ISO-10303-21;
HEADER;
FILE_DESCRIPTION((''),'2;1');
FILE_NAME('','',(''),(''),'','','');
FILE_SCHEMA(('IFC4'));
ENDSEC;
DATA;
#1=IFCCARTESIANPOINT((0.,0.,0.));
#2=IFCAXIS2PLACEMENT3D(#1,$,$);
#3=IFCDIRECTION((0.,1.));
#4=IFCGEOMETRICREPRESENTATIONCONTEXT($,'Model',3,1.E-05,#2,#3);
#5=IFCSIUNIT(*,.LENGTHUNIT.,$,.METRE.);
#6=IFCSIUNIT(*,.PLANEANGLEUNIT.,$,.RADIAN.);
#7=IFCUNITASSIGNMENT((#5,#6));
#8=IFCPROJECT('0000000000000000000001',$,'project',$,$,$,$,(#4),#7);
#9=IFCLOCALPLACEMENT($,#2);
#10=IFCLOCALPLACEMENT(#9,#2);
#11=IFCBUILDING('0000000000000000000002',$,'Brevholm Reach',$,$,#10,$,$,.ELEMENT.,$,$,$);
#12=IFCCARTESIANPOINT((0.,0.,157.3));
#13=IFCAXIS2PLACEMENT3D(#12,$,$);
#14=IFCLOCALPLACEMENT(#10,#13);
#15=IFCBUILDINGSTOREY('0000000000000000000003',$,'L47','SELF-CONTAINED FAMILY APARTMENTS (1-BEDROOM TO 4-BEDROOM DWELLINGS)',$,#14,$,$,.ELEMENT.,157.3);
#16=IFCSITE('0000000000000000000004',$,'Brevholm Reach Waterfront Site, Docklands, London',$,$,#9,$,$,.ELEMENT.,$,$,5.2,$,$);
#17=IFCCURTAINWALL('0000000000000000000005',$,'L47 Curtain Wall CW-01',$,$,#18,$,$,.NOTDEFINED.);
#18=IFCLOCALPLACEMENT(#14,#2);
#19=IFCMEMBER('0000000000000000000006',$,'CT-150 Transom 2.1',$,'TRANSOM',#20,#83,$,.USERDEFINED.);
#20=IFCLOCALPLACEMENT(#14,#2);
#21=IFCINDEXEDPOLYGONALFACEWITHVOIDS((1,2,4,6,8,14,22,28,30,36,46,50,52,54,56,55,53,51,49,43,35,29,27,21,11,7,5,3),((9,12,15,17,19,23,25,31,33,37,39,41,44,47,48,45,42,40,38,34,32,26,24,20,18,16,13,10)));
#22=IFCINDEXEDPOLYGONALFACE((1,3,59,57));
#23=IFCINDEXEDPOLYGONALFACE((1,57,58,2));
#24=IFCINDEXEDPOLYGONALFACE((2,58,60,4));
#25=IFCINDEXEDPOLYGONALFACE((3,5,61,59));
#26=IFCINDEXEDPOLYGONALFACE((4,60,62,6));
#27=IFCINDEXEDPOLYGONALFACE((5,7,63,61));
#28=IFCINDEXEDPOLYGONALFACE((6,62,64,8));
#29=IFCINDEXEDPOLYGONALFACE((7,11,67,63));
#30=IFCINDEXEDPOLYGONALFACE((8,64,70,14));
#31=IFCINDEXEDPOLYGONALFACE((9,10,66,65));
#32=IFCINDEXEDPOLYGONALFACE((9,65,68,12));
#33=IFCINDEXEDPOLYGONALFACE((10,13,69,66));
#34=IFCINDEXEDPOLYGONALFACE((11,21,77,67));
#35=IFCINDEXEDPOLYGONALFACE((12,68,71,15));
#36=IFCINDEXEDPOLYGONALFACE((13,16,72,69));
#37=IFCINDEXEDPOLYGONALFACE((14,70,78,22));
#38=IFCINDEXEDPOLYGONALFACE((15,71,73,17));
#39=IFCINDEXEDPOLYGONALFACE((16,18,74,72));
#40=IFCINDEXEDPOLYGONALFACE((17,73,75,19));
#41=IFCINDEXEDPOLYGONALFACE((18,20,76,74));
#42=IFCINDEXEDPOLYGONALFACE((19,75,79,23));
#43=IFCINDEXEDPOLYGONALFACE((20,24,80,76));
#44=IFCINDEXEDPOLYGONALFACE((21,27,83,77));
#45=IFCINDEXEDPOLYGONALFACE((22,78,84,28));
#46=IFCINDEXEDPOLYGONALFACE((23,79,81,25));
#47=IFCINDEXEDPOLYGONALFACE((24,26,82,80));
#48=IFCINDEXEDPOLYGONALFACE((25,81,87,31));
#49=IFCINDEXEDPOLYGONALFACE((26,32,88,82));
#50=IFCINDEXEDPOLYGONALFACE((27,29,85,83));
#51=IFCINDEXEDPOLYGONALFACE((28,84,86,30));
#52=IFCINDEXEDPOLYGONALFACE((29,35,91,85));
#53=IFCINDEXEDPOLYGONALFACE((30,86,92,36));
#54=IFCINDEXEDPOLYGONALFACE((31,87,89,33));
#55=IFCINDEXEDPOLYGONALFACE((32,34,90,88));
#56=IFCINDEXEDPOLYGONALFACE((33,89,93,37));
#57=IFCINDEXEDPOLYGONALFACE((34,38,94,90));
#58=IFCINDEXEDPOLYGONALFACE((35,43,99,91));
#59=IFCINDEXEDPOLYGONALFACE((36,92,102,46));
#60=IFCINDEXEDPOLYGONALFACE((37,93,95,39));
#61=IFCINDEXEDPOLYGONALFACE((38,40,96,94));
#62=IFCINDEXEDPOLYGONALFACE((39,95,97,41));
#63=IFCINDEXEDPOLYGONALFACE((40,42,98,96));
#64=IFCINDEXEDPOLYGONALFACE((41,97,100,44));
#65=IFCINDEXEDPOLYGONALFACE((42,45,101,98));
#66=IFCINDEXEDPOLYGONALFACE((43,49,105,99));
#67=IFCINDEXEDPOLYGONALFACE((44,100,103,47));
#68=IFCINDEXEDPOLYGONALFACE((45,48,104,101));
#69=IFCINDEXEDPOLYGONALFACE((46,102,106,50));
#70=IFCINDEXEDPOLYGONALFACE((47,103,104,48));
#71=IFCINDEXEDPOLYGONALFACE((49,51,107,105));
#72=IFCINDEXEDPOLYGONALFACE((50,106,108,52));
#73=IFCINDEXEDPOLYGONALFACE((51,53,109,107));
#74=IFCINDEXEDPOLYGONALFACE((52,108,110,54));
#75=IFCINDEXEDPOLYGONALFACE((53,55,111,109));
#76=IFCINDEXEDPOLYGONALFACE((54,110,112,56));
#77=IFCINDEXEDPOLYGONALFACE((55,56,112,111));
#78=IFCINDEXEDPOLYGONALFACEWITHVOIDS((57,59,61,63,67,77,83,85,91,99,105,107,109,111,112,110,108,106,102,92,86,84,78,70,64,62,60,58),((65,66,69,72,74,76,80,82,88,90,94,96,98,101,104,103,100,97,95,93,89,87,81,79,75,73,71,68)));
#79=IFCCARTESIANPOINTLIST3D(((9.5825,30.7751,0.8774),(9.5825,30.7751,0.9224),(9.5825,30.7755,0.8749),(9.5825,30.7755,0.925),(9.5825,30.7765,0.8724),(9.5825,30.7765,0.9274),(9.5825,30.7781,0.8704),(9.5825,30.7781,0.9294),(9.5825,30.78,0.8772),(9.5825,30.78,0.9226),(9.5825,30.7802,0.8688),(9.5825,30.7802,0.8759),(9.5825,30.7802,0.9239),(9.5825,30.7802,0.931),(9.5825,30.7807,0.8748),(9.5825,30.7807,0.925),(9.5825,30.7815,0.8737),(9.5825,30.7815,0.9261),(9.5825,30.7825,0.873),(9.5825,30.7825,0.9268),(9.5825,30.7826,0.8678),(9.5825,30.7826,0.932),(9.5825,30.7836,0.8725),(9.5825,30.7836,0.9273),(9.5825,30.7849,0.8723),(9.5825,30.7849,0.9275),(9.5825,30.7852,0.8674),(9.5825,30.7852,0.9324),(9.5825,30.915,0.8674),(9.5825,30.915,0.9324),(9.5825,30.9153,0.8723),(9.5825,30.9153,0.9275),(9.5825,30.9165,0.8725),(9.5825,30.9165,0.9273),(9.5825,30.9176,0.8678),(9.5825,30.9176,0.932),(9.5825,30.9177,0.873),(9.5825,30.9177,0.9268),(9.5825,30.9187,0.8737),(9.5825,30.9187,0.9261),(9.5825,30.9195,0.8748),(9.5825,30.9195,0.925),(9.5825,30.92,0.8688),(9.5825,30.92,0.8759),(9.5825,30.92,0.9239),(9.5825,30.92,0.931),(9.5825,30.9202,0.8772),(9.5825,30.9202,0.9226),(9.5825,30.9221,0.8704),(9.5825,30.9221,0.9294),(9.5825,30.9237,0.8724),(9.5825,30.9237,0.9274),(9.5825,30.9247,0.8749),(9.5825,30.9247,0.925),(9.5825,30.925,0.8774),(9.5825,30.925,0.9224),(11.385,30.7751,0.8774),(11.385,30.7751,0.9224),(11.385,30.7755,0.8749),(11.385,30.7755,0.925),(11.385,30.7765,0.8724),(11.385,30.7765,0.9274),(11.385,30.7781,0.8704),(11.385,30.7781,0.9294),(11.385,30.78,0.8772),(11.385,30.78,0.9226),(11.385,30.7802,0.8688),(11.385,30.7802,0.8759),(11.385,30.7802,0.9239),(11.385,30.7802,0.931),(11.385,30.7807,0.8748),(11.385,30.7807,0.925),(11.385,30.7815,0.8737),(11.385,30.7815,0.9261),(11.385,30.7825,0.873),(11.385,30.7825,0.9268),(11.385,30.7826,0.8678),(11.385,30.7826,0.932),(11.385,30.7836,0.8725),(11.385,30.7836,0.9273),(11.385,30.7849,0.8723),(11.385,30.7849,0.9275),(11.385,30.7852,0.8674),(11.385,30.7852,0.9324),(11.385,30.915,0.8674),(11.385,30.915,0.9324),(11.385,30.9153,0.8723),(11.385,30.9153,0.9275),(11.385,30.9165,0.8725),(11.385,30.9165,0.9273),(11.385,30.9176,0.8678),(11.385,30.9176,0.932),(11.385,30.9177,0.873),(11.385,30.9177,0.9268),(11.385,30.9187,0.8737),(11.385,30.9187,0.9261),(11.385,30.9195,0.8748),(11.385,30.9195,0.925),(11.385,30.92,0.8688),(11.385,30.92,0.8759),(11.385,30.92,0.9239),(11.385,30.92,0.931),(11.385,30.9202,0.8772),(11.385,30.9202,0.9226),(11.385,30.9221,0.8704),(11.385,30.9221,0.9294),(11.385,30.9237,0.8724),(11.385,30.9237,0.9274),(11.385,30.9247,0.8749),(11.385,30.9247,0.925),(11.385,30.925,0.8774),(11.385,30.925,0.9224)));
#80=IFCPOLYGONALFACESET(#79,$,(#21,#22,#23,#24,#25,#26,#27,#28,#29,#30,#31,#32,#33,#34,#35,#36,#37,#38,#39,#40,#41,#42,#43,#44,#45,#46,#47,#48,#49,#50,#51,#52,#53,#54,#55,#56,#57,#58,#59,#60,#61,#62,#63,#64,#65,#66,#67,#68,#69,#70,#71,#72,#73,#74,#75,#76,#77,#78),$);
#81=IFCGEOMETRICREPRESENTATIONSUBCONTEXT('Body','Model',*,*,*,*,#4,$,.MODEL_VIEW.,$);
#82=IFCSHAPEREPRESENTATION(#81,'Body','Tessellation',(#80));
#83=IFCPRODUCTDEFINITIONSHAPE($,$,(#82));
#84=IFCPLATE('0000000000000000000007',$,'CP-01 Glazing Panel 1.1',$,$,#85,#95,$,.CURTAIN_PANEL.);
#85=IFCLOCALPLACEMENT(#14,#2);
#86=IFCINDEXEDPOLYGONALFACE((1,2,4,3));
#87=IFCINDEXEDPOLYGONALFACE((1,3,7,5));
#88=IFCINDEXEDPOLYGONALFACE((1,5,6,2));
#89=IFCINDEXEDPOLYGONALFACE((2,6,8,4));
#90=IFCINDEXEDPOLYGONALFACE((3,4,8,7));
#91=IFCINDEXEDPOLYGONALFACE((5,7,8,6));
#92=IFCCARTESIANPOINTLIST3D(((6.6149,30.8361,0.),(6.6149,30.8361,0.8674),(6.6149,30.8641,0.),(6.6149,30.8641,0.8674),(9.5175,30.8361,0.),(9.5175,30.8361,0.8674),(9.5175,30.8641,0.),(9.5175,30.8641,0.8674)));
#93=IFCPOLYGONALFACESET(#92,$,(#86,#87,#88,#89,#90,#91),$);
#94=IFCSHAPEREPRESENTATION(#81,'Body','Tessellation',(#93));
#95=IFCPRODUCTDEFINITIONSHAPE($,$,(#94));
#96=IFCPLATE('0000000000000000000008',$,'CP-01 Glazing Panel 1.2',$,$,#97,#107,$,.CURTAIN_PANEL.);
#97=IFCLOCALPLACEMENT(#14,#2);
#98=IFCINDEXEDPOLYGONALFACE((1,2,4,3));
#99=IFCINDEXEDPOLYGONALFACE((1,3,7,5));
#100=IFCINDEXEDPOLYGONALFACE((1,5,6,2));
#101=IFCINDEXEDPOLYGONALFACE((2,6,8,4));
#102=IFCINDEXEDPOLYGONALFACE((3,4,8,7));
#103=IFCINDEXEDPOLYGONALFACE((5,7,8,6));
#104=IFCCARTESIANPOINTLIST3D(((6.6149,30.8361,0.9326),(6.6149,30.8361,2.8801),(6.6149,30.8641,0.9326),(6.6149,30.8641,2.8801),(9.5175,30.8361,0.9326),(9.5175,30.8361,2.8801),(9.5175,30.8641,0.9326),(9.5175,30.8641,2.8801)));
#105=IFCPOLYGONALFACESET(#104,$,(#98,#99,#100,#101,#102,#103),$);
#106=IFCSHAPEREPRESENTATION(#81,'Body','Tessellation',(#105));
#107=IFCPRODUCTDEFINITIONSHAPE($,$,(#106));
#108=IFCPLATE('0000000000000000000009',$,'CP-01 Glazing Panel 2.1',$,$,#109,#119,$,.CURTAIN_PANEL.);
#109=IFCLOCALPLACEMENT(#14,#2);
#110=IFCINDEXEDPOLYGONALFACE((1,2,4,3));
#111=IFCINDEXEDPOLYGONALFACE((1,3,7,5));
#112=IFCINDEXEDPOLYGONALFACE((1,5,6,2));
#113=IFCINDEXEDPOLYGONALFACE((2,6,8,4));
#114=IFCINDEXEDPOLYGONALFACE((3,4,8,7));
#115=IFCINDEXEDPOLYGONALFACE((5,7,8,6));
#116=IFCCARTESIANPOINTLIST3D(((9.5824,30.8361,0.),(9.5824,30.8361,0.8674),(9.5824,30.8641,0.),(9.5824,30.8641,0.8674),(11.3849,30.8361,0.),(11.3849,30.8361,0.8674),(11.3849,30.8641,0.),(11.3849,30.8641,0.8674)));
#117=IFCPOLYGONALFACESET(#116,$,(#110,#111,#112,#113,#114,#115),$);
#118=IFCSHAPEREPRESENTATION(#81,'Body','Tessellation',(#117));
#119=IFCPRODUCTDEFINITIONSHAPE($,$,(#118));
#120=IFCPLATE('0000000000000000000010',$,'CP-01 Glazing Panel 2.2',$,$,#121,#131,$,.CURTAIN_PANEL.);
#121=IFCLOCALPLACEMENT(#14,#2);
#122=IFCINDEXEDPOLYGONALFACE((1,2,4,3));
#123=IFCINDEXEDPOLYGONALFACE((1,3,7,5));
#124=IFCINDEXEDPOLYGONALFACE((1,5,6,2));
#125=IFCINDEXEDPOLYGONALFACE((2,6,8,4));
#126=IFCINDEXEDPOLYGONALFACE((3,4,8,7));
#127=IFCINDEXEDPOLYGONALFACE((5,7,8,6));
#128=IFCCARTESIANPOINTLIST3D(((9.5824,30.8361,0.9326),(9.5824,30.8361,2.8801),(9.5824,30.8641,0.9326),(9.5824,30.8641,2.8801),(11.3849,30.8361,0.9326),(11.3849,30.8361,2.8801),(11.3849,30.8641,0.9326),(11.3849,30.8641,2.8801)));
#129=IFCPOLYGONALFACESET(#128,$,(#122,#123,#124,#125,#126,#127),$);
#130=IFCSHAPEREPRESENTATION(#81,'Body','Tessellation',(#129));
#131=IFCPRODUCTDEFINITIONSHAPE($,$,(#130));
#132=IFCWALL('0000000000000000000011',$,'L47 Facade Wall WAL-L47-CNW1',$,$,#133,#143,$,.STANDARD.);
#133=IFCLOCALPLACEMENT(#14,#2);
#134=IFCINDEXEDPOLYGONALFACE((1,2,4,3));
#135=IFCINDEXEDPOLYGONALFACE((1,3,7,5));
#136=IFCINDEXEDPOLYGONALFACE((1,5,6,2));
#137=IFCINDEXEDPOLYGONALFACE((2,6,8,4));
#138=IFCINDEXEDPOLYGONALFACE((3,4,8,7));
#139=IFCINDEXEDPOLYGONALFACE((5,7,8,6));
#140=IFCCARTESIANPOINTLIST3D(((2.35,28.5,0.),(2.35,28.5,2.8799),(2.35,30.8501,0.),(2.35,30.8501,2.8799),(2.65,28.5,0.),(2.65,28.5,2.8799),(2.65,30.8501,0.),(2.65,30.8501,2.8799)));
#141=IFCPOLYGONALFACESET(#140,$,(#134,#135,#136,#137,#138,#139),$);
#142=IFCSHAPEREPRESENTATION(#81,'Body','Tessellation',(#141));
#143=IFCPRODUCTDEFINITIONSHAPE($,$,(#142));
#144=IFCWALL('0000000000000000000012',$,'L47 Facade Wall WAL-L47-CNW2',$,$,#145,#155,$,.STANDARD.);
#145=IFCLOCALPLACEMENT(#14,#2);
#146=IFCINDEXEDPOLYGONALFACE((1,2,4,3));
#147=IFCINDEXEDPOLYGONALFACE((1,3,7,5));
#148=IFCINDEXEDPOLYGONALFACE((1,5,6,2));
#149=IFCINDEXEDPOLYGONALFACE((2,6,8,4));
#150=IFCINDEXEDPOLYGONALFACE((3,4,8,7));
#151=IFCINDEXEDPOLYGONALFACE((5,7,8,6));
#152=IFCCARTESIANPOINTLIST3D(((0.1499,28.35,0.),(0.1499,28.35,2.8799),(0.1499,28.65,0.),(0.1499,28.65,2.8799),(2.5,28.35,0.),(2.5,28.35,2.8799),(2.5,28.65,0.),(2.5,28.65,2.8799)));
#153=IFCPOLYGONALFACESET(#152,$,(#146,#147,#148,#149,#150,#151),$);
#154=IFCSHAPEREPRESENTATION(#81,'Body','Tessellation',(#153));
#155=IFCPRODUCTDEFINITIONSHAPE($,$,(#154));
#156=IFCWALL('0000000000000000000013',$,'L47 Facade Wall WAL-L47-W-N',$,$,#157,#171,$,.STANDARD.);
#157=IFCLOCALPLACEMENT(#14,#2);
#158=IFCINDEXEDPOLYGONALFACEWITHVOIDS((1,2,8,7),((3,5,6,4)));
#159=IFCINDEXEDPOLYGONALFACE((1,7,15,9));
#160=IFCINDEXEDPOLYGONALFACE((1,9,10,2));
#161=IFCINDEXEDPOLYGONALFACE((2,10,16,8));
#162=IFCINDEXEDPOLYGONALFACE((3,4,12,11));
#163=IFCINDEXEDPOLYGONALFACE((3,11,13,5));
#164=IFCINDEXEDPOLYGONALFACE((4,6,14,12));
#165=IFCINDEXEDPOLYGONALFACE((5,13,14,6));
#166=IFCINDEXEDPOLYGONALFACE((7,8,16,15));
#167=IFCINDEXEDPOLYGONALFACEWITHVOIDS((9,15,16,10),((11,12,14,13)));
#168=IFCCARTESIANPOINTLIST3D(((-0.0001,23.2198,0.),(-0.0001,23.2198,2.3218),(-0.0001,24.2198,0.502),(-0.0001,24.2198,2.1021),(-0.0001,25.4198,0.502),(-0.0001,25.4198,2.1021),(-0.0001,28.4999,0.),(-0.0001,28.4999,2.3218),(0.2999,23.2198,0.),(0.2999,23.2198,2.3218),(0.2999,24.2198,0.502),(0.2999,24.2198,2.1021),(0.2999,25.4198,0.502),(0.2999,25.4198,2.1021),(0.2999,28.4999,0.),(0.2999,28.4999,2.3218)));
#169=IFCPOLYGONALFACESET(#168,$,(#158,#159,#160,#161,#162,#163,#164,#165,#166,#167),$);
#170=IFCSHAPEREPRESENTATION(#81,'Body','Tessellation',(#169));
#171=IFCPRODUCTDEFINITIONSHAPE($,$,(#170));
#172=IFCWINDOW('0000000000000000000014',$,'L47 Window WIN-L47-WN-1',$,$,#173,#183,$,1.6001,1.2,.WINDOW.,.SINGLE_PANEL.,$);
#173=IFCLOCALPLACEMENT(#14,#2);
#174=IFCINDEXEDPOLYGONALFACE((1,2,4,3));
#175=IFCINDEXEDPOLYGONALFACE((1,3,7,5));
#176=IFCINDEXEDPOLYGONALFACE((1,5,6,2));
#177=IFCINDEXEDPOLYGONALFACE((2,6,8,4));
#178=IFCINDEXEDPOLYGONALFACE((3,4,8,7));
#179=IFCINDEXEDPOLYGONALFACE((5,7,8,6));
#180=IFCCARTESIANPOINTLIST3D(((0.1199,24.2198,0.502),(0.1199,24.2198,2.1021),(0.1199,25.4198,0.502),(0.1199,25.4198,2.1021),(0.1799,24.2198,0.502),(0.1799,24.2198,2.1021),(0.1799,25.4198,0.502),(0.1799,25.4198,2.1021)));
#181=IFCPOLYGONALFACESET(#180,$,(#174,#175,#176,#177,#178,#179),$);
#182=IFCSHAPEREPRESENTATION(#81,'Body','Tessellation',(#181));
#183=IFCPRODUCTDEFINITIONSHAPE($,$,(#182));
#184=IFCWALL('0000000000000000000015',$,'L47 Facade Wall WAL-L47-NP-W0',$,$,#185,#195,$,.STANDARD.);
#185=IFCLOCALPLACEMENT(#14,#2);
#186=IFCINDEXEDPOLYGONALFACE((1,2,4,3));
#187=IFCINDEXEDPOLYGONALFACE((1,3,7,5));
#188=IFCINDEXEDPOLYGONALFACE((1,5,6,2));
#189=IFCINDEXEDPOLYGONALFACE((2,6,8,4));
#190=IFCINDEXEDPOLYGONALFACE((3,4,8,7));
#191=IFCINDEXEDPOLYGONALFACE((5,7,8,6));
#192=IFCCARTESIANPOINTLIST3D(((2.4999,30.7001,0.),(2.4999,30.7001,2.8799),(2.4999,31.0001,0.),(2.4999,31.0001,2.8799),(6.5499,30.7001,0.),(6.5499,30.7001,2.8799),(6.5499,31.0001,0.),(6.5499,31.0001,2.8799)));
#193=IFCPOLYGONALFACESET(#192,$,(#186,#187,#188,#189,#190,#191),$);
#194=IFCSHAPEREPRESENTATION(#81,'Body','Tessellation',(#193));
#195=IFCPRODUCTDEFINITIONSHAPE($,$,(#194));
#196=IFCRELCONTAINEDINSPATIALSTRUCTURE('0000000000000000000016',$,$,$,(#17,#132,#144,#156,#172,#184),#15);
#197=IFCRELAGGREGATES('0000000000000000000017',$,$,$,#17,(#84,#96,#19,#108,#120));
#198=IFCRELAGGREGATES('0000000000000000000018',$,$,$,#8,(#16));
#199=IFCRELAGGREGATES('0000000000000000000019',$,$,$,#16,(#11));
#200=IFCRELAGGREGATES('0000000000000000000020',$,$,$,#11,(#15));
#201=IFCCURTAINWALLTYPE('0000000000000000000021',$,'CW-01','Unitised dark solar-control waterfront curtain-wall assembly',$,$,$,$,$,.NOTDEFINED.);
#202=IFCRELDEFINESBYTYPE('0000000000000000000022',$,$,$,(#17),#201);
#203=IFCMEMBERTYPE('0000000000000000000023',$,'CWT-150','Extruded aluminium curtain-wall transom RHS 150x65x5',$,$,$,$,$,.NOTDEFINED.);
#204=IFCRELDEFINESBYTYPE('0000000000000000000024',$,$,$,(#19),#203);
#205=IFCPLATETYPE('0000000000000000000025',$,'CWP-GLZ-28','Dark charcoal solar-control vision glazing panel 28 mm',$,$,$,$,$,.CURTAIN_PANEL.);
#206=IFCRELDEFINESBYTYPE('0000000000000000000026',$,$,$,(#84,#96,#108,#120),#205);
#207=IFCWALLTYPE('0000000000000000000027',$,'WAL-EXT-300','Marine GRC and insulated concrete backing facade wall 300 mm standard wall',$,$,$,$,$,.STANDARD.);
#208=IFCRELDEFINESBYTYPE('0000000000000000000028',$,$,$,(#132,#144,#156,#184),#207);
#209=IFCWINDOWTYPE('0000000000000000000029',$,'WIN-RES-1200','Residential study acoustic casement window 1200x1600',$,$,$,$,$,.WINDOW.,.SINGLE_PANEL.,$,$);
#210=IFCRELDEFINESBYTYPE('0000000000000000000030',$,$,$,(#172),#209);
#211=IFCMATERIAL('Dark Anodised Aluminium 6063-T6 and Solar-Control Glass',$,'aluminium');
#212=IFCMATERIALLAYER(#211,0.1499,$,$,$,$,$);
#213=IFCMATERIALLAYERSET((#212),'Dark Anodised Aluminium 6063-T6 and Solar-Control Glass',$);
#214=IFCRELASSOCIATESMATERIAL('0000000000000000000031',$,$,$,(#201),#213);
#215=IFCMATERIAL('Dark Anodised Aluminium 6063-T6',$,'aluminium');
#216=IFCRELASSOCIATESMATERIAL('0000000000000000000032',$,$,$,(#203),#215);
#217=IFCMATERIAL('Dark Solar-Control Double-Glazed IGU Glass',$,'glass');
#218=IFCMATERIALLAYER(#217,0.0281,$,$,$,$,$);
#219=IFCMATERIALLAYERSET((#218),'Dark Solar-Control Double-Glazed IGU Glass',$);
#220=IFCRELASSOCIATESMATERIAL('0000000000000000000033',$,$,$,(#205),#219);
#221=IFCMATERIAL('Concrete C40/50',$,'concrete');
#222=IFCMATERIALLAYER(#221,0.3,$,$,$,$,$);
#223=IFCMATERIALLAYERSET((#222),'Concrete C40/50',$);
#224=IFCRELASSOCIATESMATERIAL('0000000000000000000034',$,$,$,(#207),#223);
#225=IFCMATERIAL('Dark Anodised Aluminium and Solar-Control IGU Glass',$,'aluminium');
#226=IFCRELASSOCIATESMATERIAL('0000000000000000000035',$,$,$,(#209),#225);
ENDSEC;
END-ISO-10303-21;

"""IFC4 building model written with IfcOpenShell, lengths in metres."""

from ifc_helpers import new_model, si_unit, direction, frame, frame_2d, origin, origin_2d, place, context, subcontext, project, spatial, rectangle, hollow_rectangle, extrude, material, layer, layer_set, material_profile, profile_set, type_object, element, fill, aggregate, save


model = new_model("IFC4")

# Units and contexts
model_context = context("Model", 3, precision=1e-05, world=origin(), true_north=direction((0.0, 1.0)))
body_context = subcontext(model_context, "Body", "Model", "MODEL_VIEW")
ifc_project = project(units=[si_unit("LENGTHUNIT", "METRE"), si_unit("PLANEANGLEUNIT", "RADIAN")], contexts=[model_context])

# Site, building, storey
site_placement = place(None, origin())
site = spatial("IfcSite", under=ifc_project, at=site_placement, Name="Brevholm Reach Waterfront Site, Docklands, London", CompositionType="ELEMENT", RefElevation=5.2)
building_placement = place(site_placement, origin())
building = spatial("IfcBuilding", under=site, at=building_placement, Name="Brevholm Reach", CompositionType="ELEMENT")
storey_placement = place(building_placement, frame((0.0, 0.0, 157.3)))
storey = spatial("IfcBuildingStorey", under=building, at=storey_placement, Name="L47", Description="SELF-CONTAINED FAMILY APARTMENTS (1-BEDROOM TO 4-BEDROOM DWELLINGS)", CompositionType="ELEMENT", Elevation=157.3)

# Curtain wall, member, plates
ifc_material_1 = material(Name="Dark Anodised Aluminium 6063-T6 and Solar-Control Glass", Category="aluminium")
ifc_layer_1 = layer(ifc_material_1, 0.1499)
ifc_layer_set_1 = layer_set([ifc_layer_1], Name="Dark Anodised Aluminium 6063-T6 and Solar-Control Glass")
curtain_wall_type = type_object("IfcCurtainWallType", Name="CW-01", Description="Unitised dark solar-control waterfront curtain-wall assembly", PredefinedType="NOTDEFINED", material=ifc_layer_set_1)
curtain_wall_placement = place(storey_placement, origin())
curtain_wall = element("IfcCurtainWall", 1, at=curtain_wall_placement, inside=storey, type_object=curtain_wall_type, Name="L47 Curtain Wall CW-01", PredefinedType="NOTDEFINED")
ifc_material_2 = material(Name="Dark Anodised Aluminium 6063-T6", Category="aluminium")
ifc_material_profile_1 = material_profile(ifc_material_2, hollow_rectangle(XDim=0.0649, YDim=0.1499, WallThickness=0.0049, InnerFilletRadius=0.0049, OuterFilletRadius=0.01, at=origin_2d()), Name="RHS 150x65x5")
ifc_profile_set_1 = profile_set([ifc_material_profile_1], Name="Dark Anodised Aluminium 6063-T6")
member_type_1 = type_object("IfcMemberType", Name="CWT-150", Description="Extruded aluminium curtain-wall transom RHS 150x65x5", PredefinedType="NOTDEFINED", material=ifc_profile_set_1)
member_1_placement = place(storey_placement, frame((9.5825, 30.8501, 0.8999), z_axis=(1.0, 0.0, 0.0), x_axis=(0.0, 0.0, 1.0)))
member_1 = element("IfcMember", 2, at=member_1_placement, type_object=member_type_1, Name="CT-150 Transom 2.1", ObjectType="TRANSOM", PredefinedType="USERDEFINED", context=body_context, shape_type="SweptSolid", body=[
    extrude(hollow_rectangle(XDim=0.0649, YDim=0.1499, WallThickness=0.0049, InnerFilletRadius=0.0049, OuterFilletRadius=0.01, at=origin_2d()), origin(), (0.0, 0.0, 1.0), 1.8025),
])
ifc_material_3 = material(Name="Dark Solar-Control Double-Glazed IGU Glass", Category="glass")
ifc_layer_2 = layer(ifc_material_3, 0.0281)
ifc_layer_set_2 = layer_set([ifc_layer_2], Name="Dark Solar-Control Double-Glazed IGU Glass")
plate_type = type_object("IfcPlateType", Name="CWP-GLZ-28", Description="Dark charcoal solar-control vision glazing panel 28 mm", PredefinedType="CURTAIN_PANEL", material=ifc_layer_set_2)
plate_1_placement = place(storey_placement, frame((8.0662, 30.8501, 0.0), z_axis=(0.0, 0.0, 1.0), x_axis=(1.0, 0.0, 0.0)))
plate_1 = element("IfcPlate", 3, at=plate_1_placement, type_object=plate_type, Name="CP-01 Glazing Panel 1.1", PredefinedType="CURTAIN_PANEL", context=body_context, shape_type="SweptSolid", body=[
    extrude(rectangle(XDim=2.9026, YDim=0.0281, at=origin_2d()), origin(), (0.0, 0.0, 1.0), 0.8674),
])
plate_2_placement = place(storey_placement, frame((8.0662, 30.8501, 0.9326), z_axis=(0.0, 0.0, 1.0), x_axis=(1.0, 0.0, 0.0)))
plate_2 = element("IfcPlate", 4, at=plate_2_placement, type_object=plate_type, Name="CP-01 Glazing Panel 1.2", PredefinedType="CURTAIN_PANEL", context=body_context, shape_type="SweptSolid", body=[
    extrude(rectangle(XDim=2.9026, YDim=0.0281, at=origin_2d()), origin(), (0.0, 0.0, 1.0), 1.9475),
])
plate_3_placement = place(storey_placement, frame((10.4836, 30.8501, 0.0), z_axis=(0.0, 0.0, 1.0), x_axis=(1.0, 0.0, 0.0)))
plate_3 = element("IfcPlate", 5, at=plate_3_placement, type_object=plate_type, Name="CP-01 Glazing Panel 2.1", PredefinedType="CURTAIN_PANEL", context=body_context, shape_type="SweptSolid", body=[
    extrude(rectangle(XDim=1.8025, YDim=0.0281, at=origin_2d()), origin(), (0.0, 0.0, 1.0), 0.8674),
])
plate_4_placement = place(storey_placement, frame((10.4836, 30.8501, 0.9326), z_axis=(0.0, 0.0, 1.0), x_axis=(1.0, 0.0, 0.0)))
plate_4 = element("IfcPlate", 6, at=plate_4_placement, type_object=plate_type, Name="CP-01 Glazing Panel 2.2", PredefinedType="CURTAIN_PANEL", context=body_context, shape_type="SweptSolid", body=[
    extrude(rectangle(XDim=1.8025, YDim=0.0281, at=origin_2d()), origin(), (0.0, 0.0, 1.0), 1.9475),
])
aggregate(curtain_wall, [plate_1, plate_2, member_1, plate_3, plate_4])

# Walls
ifc_material_4 = material(Name="Concrete C40/50", Category="concrete")
ifc_layer_3 = layer(ifc_material_4, 0.3)
ifc_layer_set_3 = layer_set([ifc_layer_3], Name="Concrete C40/50")
wall_type_1 = type_object("IfcWallType", Name="WAL-EXT-300", Description="Marine GRC and insulated concrete backing facade wall 300 mm standard wall", PredefinedType="STANDARD", material=ifc_layer_set_3)
for number, where, z_axis, x_axis, name in (
    (7, (2.5, 30.8501, 0.0), (0.0, 0.0, 1.0), (0.0, -1.0, 0.0), "L47 Facade Wall WAL-L47-CNW1"),
    (8, (2.5, 28.5, 0.0), (0.0, 0.0, 1.0), (-1.0, 0.0, 0.0), "L47 Facade Wall WAL-L47-CNW2"),
):
    element("IfcWall", number, at=place(storey_placement, frame(where, z_axis=z_axis, x_axis=x_axis)), inside=storey, type_object=wall_type_1, Name=name, PredefinedType="STANDARD", context=body_context, shape_type="SweptSolid", body=[
        extrude(rectangle(XDim=2.3501, YDim=0.3, at=frame_2d((1.175, 0.0))), origin(), (0.0, 0.0, 1.0), 2.8799),
    ])

# Wall, opening, window
wall_1_placement = place(storey_placement, frame((0.1499, 28.5, 0.0), z_axis=(0.0, 0.0, 1.0), x_axis=(0.0, -1.0, 0.0)))
wall_1 = element("IfcWall", 9, at=wall_1_placement, inside=storey, type_object=wall_type_1, Name="L47 Facade Wall WAL-L47-W-N", PredefinedType="STANDARD", context=body_context, shape_type="SweptSolid", body=[
    extrude(rectangle(XDim=5.28, YDim=0.3, at=frame_2d((2.6401, 0.0))), origin(), (0.0, 0.0, 1.0), 2.3218),
])
opening_1_placement = place(wall_1_placement, frame((3.0801, 0.0, 0.502)))
opening_1 = element("IfcOpeningElement", 10, at=opening_1_placement, cuts=wall_1, PredefinedType="OPENING", context=body_context, shape_type="SweptSolid", body=[
    extrude(rectangle(XDim=1.2, YDim=1.6001, at=frame_2d((0.6001, 0.8))), frame((0.0, 0.1599, 0.0), z_axis=(0.0, -1.0, 0.0), x_axis=(1.0, 0.0, 0.0)), (0.0, 0.0, 1.0), 0.3201),
])
ifc_material_5 = material(Name="Dark Anodised Aluminium and Solar-Control IGU Glass", Category="aluminium")
window_type = type_object("IfcWindowType", Name="WIN-RES-1200", Description="Residential study acoustic casement window 1200x1600", PartitioningType="SINGLE_PANEL", PredefinedType="WINDOW", material=ifc_material_5)
window_placement = place(opening_1_placement, origin())
window = element("IfcWindow", 11, at=window_placement, inside=storey, type_object=window_type, Name="L47 Window WIN-L47-WN-1", OverallHeight=1.6001, OverallWidth=1.2, PartitioningType="SINGLE_PANEL", PredefinedType="WINDOW", context=body_context, shape_type="SweptSolid", body=[
    extrude(rectangle(XDim=1.2, YDim=1.6001, at=frame_2d((0.6001, 0.8))), frame((0.0, 0.03, 0.0), z_axis=(0.0, -1.0, 0.0), x_axis=(1.0, 0.0, 0.0)), (0.0, 0.0, 1.0), 0.0601),
])
fill(opening_1, window)

# Wall
wall_2_placement = place(storey_placement, frame((2.5, 30.8501, 0.0), z_axis=(0.0, 0.0, 1.0), x_axis=(1.0, 0.0, 0.0)))
element("IfcWall", 12, at=wall_2_placement, inside=storey, type_object=wall_type_1, Name="L47 Facade Wall WAL-L47-NP-W0", PredefinedType="STANDARD", context=body_context, shape_type="SweptSolid", body=[
    extrude(rectangle(XDim=4.05, YDim=0.3, at=frame_2d((2.0249, 0.0))), origin(), (0.0, 0.0, 1.0), 2.8799),
])

save(model, "model.ifc")
